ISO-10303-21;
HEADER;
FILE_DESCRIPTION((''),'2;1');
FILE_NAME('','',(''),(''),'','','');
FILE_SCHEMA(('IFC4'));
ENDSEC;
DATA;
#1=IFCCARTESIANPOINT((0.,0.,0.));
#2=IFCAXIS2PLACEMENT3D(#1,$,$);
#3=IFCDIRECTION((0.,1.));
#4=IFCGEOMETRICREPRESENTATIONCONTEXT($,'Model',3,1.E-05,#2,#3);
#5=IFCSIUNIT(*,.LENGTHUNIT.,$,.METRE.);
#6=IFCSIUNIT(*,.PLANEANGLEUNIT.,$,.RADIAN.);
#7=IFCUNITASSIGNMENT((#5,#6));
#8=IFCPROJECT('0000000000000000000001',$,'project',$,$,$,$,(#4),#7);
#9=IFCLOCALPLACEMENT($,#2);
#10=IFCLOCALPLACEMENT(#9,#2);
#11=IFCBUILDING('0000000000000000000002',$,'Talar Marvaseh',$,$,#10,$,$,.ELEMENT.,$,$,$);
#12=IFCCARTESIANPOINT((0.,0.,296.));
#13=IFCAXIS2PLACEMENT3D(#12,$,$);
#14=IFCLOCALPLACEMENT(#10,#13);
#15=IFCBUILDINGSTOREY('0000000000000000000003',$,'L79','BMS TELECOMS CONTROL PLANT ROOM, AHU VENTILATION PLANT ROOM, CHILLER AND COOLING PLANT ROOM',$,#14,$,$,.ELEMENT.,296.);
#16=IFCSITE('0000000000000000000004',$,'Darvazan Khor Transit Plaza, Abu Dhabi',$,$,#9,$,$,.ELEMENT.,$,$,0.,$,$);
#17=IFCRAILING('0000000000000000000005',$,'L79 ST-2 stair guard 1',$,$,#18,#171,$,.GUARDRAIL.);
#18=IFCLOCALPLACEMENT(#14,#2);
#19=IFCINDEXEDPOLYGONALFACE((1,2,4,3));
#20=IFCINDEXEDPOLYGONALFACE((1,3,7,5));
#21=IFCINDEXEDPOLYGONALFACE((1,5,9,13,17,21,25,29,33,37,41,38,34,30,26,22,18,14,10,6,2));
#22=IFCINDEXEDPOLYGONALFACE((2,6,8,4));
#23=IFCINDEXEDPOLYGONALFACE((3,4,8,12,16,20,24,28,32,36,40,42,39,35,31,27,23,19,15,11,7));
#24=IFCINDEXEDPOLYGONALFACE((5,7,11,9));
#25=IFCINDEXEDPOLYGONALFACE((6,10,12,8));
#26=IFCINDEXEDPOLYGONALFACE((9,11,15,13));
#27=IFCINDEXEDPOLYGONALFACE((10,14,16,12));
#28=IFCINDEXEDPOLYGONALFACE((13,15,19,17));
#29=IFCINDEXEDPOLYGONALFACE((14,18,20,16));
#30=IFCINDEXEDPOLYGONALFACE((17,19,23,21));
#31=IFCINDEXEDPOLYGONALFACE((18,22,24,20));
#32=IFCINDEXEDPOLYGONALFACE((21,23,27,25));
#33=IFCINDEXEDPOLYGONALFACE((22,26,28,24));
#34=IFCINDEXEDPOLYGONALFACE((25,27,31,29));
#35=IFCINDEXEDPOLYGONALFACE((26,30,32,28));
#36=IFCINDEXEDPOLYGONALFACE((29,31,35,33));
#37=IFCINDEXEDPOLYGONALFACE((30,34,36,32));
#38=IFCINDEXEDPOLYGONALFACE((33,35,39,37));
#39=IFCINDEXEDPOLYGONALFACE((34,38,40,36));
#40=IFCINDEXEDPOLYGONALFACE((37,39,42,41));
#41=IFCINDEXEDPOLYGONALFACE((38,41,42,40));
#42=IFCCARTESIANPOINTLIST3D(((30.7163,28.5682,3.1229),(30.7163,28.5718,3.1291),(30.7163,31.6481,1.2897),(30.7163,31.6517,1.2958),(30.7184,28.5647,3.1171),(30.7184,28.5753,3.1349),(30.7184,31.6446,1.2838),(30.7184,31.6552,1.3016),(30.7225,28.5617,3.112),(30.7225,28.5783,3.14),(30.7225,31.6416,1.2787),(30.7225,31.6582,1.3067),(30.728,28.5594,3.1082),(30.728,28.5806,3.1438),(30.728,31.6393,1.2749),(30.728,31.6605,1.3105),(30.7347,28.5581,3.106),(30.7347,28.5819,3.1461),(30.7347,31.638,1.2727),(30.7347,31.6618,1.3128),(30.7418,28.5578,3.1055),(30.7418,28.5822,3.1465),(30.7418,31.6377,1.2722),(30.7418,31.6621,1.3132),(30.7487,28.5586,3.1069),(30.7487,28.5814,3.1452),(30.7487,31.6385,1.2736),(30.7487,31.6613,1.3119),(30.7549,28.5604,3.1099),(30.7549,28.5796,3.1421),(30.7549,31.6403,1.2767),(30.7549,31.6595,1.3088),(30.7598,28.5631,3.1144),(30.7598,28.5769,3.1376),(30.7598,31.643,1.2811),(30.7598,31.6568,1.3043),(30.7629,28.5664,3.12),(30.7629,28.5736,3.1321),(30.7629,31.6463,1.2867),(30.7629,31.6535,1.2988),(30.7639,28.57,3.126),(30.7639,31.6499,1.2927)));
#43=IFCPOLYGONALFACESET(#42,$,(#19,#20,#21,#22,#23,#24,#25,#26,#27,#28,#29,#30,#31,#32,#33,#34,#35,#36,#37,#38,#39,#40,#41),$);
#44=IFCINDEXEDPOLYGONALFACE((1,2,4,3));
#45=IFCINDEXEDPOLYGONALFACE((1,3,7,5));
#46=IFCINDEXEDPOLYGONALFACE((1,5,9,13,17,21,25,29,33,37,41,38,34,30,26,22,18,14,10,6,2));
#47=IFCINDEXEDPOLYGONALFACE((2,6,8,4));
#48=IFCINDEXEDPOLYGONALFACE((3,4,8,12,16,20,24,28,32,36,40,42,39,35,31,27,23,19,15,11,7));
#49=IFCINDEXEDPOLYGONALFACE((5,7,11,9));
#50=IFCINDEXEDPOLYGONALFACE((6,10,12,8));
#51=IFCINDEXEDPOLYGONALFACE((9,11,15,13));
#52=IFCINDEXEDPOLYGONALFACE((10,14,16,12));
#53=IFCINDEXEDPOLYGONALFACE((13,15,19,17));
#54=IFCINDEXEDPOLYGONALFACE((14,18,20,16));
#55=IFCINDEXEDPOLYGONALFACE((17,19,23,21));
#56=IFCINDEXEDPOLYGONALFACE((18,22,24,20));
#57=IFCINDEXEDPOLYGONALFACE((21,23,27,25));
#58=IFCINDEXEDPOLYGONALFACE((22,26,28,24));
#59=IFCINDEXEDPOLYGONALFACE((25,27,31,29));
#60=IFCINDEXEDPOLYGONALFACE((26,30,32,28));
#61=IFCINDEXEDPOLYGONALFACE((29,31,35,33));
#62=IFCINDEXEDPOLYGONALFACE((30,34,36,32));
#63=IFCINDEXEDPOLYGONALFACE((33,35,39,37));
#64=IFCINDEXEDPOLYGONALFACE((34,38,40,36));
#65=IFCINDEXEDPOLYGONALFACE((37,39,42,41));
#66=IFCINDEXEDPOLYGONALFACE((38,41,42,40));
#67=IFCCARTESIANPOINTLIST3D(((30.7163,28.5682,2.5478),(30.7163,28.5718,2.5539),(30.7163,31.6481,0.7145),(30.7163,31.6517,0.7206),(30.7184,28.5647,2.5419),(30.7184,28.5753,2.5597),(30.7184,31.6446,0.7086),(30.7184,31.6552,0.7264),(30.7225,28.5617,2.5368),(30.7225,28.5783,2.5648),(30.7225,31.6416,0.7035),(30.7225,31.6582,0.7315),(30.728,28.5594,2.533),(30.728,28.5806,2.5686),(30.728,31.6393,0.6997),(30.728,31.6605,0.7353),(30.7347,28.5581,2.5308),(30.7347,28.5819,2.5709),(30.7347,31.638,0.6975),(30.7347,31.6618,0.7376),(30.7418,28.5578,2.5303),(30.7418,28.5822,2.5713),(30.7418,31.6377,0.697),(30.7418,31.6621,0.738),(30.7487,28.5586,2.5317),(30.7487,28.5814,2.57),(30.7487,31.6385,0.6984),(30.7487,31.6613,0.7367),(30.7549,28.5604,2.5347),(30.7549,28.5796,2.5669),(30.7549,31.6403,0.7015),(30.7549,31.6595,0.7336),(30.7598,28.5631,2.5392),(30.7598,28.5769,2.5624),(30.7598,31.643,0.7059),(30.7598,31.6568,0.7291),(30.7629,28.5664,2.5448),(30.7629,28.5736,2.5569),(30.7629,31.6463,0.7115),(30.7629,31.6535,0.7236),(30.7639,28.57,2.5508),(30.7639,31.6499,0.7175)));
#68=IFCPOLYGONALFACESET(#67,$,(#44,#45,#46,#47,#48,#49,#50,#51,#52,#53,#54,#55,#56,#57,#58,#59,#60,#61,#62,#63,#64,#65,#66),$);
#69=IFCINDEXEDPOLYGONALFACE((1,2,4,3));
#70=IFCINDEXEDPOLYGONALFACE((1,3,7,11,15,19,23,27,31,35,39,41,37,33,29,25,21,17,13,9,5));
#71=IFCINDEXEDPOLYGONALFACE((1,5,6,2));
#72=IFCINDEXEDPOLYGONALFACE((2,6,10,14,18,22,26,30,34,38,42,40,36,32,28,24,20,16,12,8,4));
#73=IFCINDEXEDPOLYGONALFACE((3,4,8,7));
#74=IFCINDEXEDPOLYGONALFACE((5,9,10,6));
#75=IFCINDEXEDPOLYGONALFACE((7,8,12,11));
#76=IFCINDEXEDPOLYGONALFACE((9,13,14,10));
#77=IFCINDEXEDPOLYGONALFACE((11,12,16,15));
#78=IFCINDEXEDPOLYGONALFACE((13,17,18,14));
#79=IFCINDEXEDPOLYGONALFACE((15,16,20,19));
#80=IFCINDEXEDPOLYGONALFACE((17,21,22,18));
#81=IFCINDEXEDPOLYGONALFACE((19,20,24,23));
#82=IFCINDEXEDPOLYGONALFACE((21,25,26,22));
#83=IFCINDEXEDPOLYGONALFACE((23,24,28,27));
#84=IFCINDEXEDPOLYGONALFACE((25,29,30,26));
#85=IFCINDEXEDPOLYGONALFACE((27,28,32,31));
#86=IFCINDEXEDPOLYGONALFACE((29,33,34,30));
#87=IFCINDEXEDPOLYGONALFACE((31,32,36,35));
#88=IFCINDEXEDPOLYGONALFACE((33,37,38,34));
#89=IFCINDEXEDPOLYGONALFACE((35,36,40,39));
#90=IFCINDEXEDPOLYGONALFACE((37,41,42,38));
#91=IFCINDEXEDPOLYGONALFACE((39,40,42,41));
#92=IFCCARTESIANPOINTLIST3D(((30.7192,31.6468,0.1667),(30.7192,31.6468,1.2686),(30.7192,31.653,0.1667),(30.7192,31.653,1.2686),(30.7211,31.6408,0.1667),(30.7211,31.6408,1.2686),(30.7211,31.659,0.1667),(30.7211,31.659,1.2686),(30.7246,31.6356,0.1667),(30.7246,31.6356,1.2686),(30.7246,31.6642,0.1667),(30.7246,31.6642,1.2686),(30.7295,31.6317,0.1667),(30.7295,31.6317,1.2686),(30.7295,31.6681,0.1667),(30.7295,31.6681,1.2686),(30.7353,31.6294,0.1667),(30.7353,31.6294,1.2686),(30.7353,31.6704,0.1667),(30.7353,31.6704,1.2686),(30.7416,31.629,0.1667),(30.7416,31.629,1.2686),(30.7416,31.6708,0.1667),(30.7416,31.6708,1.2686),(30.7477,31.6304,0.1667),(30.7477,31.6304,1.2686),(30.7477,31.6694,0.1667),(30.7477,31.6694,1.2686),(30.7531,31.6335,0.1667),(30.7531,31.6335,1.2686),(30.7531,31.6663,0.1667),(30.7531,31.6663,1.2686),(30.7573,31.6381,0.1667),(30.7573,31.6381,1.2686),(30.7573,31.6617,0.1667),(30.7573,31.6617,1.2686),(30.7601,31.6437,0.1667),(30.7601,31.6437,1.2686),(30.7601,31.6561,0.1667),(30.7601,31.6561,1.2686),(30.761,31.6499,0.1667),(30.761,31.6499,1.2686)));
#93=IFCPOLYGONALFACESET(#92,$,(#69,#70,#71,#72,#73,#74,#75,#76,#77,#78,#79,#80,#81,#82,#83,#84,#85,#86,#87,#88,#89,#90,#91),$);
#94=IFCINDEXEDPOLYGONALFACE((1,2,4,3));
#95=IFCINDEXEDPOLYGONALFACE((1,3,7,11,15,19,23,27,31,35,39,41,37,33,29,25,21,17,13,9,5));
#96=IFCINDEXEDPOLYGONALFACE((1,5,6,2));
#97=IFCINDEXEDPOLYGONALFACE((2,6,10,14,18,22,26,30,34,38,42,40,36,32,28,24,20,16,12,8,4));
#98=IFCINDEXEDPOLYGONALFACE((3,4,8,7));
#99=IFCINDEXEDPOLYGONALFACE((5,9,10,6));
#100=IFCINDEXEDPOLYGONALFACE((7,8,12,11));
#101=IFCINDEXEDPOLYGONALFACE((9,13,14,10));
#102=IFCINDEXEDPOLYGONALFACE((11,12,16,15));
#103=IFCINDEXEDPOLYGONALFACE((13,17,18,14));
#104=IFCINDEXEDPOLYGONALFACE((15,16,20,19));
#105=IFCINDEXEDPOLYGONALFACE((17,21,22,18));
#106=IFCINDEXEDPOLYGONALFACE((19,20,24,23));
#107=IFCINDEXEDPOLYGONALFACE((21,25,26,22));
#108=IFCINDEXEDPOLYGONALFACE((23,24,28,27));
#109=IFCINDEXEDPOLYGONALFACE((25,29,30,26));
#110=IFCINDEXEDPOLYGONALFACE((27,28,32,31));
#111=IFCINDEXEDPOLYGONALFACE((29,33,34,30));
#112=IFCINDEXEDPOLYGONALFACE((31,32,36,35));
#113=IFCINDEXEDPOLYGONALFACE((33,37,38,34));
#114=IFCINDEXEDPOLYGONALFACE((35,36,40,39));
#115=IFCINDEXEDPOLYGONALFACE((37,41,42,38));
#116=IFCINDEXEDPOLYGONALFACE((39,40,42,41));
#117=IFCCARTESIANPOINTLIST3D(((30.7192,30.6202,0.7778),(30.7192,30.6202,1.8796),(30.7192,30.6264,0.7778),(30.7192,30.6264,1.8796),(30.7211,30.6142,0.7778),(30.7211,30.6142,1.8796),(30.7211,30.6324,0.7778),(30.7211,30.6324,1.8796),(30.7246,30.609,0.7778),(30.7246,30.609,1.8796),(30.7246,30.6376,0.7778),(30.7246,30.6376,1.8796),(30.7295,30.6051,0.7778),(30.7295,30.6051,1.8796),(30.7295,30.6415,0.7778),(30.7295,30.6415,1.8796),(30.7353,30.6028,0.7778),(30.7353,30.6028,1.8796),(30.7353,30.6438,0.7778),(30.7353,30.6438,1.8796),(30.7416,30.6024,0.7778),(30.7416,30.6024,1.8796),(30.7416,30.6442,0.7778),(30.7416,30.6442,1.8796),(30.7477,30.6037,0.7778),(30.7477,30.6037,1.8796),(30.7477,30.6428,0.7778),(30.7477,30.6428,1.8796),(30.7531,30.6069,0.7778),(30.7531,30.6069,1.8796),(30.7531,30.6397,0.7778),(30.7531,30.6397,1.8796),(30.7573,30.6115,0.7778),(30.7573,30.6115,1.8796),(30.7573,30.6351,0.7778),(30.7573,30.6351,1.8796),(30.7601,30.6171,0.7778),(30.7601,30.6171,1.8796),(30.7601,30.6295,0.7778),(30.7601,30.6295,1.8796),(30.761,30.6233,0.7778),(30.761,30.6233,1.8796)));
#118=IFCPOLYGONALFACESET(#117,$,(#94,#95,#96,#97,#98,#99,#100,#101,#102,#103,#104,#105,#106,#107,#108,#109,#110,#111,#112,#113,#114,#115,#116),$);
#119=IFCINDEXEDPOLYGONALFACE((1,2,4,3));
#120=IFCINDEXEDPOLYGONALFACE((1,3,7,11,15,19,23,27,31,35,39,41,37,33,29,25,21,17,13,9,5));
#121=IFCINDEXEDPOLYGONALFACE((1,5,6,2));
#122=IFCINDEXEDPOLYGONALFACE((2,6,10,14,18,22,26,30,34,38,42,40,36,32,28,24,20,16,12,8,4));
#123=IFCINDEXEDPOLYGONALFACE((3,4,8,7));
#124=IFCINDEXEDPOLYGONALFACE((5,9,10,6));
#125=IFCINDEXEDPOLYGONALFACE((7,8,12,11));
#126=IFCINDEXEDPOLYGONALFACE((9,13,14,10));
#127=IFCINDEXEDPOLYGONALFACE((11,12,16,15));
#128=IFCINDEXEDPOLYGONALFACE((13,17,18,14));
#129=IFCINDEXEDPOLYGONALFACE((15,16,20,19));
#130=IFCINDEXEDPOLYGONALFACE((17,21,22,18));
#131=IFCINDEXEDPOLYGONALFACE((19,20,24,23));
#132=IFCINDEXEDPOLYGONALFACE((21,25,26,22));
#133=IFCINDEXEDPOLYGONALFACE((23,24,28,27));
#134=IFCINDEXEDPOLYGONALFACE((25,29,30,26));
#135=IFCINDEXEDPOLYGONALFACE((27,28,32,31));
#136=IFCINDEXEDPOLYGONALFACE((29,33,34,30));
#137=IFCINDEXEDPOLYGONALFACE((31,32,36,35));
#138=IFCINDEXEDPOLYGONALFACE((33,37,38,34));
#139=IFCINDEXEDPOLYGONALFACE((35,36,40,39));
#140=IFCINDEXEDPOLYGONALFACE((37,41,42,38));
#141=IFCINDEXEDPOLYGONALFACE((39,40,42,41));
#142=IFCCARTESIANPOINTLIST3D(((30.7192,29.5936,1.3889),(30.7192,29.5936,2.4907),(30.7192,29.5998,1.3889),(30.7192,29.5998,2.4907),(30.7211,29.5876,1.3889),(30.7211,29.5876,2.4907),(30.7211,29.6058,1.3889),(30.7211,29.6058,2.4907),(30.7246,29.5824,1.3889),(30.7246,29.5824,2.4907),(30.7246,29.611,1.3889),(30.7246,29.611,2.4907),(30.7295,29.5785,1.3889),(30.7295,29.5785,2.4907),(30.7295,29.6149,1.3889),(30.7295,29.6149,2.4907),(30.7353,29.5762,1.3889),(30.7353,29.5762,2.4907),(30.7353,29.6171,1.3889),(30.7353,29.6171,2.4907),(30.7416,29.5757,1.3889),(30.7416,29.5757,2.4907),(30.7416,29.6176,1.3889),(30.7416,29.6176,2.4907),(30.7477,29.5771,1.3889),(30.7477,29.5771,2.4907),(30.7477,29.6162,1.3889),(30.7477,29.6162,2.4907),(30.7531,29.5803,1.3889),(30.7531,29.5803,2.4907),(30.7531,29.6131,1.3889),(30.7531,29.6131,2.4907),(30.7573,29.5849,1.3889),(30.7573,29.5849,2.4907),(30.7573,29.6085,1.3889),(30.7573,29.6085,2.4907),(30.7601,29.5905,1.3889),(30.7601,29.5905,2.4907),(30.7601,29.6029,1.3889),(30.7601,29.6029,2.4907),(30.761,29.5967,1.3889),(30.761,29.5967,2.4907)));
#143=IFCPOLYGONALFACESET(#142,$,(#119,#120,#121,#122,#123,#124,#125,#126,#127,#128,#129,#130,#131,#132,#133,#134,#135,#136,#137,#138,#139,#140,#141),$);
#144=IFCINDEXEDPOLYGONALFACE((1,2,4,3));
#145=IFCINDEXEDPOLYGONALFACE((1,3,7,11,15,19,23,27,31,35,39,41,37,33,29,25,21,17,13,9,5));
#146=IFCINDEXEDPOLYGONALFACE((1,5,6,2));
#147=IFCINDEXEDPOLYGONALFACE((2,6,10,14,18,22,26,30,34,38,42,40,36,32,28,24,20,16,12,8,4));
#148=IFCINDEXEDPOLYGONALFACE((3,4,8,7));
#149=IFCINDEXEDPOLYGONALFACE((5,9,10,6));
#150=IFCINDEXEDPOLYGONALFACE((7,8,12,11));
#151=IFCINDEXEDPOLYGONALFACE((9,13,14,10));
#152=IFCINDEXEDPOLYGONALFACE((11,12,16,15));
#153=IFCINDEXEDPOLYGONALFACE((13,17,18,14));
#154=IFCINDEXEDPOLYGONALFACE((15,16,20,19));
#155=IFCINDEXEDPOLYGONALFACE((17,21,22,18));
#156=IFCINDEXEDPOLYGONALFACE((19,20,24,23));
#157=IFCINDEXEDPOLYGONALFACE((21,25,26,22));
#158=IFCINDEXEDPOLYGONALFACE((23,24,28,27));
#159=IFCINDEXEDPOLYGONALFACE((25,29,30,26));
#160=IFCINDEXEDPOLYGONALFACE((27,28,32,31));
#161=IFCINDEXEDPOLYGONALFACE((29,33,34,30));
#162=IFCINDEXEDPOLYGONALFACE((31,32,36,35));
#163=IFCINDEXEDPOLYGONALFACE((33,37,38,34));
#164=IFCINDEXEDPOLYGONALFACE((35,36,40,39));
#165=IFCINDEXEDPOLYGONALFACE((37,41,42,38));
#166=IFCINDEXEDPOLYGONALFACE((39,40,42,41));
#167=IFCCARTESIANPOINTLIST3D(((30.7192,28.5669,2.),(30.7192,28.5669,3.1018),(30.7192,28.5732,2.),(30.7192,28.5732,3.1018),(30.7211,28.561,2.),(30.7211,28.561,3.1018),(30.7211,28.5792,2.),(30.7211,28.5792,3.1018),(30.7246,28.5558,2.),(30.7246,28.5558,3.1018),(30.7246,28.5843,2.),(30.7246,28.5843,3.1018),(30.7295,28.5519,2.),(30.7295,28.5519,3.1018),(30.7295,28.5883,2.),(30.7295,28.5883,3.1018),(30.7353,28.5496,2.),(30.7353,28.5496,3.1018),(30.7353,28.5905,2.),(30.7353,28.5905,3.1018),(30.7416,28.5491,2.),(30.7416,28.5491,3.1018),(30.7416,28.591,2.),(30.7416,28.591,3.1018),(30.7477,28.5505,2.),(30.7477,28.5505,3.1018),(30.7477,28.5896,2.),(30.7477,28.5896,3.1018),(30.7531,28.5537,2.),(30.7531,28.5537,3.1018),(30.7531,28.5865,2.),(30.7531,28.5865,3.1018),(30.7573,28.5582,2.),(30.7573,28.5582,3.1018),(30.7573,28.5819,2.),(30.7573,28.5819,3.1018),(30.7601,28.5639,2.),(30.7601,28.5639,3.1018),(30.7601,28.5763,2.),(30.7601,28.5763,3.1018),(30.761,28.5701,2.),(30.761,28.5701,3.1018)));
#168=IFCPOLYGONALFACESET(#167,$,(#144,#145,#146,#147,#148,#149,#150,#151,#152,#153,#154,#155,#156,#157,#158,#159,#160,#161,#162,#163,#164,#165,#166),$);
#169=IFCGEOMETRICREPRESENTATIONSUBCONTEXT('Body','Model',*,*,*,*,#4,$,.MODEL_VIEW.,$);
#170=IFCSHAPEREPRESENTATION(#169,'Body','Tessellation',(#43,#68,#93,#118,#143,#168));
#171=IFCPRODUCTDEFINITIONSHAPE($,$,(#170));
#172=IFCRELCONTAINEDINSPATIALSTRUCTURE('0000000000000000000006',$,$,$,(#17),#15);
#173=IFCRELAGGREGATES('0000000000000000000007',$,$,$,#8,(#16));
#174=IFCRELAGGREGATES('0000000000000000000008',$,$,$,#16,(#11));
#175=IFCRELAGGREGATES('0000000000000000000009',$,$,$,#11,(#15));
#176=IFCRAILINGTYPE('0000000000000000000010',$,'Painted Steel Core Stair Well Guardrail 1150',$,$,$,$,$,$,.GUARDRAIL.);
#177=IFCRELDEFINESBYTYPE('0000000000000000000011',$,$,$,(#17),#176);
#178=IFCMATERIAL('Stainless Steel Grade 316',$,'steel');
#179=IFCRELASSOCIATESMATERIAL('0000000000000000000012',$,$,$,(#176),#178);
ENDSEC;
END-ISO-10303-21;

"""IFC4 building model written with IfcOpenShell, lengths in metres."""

from ifc_helpers import new_model, si_unit, direction, frame, origin, origin_2d, place, context, subcontext, project, spatial, circle, extrude, material, type_object, element, save


model = new_model("IFC4")

# Units and contexts
model_context = context("Model", 3, precision=1e-05, world=origin(), true_north=direction((0.0, 1.0)))
body_context = subcontext(model_context, "Body", "Model", "MODEL_VIEW")
ifc_project = project(units=[si_unit("LENGTHUNIT", "METRE"), si_unit("PLANEANGLEUNIT", "RADIAN")], contexts=[model_context])

# Site, building, storey
site_placement = place(None, origin())
site = spatial("IfcSite", under=ifc_project, at=site_placement, Name="Darvazan Khor Transit Plaza, Abu Dhabi", CompositionType="ELEMENT", RefElevation=0.0)
building_placement = place(site_placement, origin())
building = spatial("IfcBuilding", under=site, at=building_placement, Name="Talar Marvaseh", CompositionType="ELEMENT")
storey_placement = place(building_placement, frame((0.0, 0.0, 296.0)))
storey = spatial("IfcBuildingStorey", under=building, at=storey_placement, Name="L79", Description="BMS TELECOMS CONTROL PLANT ROOM, AHU VENTILATION PLANT ROOM, CHILLER AND COOLING PLANT ROOM", CompositionType="ELEMENT", Elevation=296.0)

# Railing
ifc_material_1 = material(Name="Stainless Steel Grade 316", Category="steel")
railing_type_1 = type_object("IfcRailingType", Name="Painted Steel Core Stair Well Guardrail 1150", PredefinedType="GUARDRAIL", material=ifc_material_1)
railing_1_placement = place(storey_placement, frame((30.74, 31.6499, 0.1667)))
element("IfcRailing", 1, at=railing_1_placement, inside=storey, type_object=railing_type_1, Name="L79 ST-2 stair guard 1", PredefinedType="GUARDRAIL", context=body_context, shape_type="SweptSolid", body=[
    extrude(circle(Radius=0.0239, at=origin_2d()), frame((0.0, 0.0, 1.126), z_axis=(0.0, -0.859291, 0.511487), x_axis=(1.0, 0.0, 0.0)), (0.0, 0.0, 1.0), 3.5842),
    extrude(circle(Radius=0.0239, at=origin_2d()), frame((0.0, 0.0, 0.5508), z_axis=(0.0, -0.859291, 0.511487), x_axis=(1.0, 0.0, 0.0)), (0.0, 0.0, 1.0), 3.5842),
    extrude(circle(Radius=0.021, at=origin_2d()), origin(), (0.0, 0.0, 1.0), 1.1018),
    extrude(circle(Radius=0.021, at=origin_2d()), frame((0.0, -1.0266, 0.6111)), (0.0, 0.0, 1.0), 1.1018),
    extrude(circle(Radius=0.021, at=origin_2d()), frame((0.0, -2.0532, 1.2222)), (0.0, 0.0, 1.0), 1.1018),
    extrude(circle(Radius=0.021, at=origin_2d()), frame((0.0, -3.0798, 1.8333)), (0.0, 0.0, 1.0), 1.1018),
])

save(model, "model.ifc")
